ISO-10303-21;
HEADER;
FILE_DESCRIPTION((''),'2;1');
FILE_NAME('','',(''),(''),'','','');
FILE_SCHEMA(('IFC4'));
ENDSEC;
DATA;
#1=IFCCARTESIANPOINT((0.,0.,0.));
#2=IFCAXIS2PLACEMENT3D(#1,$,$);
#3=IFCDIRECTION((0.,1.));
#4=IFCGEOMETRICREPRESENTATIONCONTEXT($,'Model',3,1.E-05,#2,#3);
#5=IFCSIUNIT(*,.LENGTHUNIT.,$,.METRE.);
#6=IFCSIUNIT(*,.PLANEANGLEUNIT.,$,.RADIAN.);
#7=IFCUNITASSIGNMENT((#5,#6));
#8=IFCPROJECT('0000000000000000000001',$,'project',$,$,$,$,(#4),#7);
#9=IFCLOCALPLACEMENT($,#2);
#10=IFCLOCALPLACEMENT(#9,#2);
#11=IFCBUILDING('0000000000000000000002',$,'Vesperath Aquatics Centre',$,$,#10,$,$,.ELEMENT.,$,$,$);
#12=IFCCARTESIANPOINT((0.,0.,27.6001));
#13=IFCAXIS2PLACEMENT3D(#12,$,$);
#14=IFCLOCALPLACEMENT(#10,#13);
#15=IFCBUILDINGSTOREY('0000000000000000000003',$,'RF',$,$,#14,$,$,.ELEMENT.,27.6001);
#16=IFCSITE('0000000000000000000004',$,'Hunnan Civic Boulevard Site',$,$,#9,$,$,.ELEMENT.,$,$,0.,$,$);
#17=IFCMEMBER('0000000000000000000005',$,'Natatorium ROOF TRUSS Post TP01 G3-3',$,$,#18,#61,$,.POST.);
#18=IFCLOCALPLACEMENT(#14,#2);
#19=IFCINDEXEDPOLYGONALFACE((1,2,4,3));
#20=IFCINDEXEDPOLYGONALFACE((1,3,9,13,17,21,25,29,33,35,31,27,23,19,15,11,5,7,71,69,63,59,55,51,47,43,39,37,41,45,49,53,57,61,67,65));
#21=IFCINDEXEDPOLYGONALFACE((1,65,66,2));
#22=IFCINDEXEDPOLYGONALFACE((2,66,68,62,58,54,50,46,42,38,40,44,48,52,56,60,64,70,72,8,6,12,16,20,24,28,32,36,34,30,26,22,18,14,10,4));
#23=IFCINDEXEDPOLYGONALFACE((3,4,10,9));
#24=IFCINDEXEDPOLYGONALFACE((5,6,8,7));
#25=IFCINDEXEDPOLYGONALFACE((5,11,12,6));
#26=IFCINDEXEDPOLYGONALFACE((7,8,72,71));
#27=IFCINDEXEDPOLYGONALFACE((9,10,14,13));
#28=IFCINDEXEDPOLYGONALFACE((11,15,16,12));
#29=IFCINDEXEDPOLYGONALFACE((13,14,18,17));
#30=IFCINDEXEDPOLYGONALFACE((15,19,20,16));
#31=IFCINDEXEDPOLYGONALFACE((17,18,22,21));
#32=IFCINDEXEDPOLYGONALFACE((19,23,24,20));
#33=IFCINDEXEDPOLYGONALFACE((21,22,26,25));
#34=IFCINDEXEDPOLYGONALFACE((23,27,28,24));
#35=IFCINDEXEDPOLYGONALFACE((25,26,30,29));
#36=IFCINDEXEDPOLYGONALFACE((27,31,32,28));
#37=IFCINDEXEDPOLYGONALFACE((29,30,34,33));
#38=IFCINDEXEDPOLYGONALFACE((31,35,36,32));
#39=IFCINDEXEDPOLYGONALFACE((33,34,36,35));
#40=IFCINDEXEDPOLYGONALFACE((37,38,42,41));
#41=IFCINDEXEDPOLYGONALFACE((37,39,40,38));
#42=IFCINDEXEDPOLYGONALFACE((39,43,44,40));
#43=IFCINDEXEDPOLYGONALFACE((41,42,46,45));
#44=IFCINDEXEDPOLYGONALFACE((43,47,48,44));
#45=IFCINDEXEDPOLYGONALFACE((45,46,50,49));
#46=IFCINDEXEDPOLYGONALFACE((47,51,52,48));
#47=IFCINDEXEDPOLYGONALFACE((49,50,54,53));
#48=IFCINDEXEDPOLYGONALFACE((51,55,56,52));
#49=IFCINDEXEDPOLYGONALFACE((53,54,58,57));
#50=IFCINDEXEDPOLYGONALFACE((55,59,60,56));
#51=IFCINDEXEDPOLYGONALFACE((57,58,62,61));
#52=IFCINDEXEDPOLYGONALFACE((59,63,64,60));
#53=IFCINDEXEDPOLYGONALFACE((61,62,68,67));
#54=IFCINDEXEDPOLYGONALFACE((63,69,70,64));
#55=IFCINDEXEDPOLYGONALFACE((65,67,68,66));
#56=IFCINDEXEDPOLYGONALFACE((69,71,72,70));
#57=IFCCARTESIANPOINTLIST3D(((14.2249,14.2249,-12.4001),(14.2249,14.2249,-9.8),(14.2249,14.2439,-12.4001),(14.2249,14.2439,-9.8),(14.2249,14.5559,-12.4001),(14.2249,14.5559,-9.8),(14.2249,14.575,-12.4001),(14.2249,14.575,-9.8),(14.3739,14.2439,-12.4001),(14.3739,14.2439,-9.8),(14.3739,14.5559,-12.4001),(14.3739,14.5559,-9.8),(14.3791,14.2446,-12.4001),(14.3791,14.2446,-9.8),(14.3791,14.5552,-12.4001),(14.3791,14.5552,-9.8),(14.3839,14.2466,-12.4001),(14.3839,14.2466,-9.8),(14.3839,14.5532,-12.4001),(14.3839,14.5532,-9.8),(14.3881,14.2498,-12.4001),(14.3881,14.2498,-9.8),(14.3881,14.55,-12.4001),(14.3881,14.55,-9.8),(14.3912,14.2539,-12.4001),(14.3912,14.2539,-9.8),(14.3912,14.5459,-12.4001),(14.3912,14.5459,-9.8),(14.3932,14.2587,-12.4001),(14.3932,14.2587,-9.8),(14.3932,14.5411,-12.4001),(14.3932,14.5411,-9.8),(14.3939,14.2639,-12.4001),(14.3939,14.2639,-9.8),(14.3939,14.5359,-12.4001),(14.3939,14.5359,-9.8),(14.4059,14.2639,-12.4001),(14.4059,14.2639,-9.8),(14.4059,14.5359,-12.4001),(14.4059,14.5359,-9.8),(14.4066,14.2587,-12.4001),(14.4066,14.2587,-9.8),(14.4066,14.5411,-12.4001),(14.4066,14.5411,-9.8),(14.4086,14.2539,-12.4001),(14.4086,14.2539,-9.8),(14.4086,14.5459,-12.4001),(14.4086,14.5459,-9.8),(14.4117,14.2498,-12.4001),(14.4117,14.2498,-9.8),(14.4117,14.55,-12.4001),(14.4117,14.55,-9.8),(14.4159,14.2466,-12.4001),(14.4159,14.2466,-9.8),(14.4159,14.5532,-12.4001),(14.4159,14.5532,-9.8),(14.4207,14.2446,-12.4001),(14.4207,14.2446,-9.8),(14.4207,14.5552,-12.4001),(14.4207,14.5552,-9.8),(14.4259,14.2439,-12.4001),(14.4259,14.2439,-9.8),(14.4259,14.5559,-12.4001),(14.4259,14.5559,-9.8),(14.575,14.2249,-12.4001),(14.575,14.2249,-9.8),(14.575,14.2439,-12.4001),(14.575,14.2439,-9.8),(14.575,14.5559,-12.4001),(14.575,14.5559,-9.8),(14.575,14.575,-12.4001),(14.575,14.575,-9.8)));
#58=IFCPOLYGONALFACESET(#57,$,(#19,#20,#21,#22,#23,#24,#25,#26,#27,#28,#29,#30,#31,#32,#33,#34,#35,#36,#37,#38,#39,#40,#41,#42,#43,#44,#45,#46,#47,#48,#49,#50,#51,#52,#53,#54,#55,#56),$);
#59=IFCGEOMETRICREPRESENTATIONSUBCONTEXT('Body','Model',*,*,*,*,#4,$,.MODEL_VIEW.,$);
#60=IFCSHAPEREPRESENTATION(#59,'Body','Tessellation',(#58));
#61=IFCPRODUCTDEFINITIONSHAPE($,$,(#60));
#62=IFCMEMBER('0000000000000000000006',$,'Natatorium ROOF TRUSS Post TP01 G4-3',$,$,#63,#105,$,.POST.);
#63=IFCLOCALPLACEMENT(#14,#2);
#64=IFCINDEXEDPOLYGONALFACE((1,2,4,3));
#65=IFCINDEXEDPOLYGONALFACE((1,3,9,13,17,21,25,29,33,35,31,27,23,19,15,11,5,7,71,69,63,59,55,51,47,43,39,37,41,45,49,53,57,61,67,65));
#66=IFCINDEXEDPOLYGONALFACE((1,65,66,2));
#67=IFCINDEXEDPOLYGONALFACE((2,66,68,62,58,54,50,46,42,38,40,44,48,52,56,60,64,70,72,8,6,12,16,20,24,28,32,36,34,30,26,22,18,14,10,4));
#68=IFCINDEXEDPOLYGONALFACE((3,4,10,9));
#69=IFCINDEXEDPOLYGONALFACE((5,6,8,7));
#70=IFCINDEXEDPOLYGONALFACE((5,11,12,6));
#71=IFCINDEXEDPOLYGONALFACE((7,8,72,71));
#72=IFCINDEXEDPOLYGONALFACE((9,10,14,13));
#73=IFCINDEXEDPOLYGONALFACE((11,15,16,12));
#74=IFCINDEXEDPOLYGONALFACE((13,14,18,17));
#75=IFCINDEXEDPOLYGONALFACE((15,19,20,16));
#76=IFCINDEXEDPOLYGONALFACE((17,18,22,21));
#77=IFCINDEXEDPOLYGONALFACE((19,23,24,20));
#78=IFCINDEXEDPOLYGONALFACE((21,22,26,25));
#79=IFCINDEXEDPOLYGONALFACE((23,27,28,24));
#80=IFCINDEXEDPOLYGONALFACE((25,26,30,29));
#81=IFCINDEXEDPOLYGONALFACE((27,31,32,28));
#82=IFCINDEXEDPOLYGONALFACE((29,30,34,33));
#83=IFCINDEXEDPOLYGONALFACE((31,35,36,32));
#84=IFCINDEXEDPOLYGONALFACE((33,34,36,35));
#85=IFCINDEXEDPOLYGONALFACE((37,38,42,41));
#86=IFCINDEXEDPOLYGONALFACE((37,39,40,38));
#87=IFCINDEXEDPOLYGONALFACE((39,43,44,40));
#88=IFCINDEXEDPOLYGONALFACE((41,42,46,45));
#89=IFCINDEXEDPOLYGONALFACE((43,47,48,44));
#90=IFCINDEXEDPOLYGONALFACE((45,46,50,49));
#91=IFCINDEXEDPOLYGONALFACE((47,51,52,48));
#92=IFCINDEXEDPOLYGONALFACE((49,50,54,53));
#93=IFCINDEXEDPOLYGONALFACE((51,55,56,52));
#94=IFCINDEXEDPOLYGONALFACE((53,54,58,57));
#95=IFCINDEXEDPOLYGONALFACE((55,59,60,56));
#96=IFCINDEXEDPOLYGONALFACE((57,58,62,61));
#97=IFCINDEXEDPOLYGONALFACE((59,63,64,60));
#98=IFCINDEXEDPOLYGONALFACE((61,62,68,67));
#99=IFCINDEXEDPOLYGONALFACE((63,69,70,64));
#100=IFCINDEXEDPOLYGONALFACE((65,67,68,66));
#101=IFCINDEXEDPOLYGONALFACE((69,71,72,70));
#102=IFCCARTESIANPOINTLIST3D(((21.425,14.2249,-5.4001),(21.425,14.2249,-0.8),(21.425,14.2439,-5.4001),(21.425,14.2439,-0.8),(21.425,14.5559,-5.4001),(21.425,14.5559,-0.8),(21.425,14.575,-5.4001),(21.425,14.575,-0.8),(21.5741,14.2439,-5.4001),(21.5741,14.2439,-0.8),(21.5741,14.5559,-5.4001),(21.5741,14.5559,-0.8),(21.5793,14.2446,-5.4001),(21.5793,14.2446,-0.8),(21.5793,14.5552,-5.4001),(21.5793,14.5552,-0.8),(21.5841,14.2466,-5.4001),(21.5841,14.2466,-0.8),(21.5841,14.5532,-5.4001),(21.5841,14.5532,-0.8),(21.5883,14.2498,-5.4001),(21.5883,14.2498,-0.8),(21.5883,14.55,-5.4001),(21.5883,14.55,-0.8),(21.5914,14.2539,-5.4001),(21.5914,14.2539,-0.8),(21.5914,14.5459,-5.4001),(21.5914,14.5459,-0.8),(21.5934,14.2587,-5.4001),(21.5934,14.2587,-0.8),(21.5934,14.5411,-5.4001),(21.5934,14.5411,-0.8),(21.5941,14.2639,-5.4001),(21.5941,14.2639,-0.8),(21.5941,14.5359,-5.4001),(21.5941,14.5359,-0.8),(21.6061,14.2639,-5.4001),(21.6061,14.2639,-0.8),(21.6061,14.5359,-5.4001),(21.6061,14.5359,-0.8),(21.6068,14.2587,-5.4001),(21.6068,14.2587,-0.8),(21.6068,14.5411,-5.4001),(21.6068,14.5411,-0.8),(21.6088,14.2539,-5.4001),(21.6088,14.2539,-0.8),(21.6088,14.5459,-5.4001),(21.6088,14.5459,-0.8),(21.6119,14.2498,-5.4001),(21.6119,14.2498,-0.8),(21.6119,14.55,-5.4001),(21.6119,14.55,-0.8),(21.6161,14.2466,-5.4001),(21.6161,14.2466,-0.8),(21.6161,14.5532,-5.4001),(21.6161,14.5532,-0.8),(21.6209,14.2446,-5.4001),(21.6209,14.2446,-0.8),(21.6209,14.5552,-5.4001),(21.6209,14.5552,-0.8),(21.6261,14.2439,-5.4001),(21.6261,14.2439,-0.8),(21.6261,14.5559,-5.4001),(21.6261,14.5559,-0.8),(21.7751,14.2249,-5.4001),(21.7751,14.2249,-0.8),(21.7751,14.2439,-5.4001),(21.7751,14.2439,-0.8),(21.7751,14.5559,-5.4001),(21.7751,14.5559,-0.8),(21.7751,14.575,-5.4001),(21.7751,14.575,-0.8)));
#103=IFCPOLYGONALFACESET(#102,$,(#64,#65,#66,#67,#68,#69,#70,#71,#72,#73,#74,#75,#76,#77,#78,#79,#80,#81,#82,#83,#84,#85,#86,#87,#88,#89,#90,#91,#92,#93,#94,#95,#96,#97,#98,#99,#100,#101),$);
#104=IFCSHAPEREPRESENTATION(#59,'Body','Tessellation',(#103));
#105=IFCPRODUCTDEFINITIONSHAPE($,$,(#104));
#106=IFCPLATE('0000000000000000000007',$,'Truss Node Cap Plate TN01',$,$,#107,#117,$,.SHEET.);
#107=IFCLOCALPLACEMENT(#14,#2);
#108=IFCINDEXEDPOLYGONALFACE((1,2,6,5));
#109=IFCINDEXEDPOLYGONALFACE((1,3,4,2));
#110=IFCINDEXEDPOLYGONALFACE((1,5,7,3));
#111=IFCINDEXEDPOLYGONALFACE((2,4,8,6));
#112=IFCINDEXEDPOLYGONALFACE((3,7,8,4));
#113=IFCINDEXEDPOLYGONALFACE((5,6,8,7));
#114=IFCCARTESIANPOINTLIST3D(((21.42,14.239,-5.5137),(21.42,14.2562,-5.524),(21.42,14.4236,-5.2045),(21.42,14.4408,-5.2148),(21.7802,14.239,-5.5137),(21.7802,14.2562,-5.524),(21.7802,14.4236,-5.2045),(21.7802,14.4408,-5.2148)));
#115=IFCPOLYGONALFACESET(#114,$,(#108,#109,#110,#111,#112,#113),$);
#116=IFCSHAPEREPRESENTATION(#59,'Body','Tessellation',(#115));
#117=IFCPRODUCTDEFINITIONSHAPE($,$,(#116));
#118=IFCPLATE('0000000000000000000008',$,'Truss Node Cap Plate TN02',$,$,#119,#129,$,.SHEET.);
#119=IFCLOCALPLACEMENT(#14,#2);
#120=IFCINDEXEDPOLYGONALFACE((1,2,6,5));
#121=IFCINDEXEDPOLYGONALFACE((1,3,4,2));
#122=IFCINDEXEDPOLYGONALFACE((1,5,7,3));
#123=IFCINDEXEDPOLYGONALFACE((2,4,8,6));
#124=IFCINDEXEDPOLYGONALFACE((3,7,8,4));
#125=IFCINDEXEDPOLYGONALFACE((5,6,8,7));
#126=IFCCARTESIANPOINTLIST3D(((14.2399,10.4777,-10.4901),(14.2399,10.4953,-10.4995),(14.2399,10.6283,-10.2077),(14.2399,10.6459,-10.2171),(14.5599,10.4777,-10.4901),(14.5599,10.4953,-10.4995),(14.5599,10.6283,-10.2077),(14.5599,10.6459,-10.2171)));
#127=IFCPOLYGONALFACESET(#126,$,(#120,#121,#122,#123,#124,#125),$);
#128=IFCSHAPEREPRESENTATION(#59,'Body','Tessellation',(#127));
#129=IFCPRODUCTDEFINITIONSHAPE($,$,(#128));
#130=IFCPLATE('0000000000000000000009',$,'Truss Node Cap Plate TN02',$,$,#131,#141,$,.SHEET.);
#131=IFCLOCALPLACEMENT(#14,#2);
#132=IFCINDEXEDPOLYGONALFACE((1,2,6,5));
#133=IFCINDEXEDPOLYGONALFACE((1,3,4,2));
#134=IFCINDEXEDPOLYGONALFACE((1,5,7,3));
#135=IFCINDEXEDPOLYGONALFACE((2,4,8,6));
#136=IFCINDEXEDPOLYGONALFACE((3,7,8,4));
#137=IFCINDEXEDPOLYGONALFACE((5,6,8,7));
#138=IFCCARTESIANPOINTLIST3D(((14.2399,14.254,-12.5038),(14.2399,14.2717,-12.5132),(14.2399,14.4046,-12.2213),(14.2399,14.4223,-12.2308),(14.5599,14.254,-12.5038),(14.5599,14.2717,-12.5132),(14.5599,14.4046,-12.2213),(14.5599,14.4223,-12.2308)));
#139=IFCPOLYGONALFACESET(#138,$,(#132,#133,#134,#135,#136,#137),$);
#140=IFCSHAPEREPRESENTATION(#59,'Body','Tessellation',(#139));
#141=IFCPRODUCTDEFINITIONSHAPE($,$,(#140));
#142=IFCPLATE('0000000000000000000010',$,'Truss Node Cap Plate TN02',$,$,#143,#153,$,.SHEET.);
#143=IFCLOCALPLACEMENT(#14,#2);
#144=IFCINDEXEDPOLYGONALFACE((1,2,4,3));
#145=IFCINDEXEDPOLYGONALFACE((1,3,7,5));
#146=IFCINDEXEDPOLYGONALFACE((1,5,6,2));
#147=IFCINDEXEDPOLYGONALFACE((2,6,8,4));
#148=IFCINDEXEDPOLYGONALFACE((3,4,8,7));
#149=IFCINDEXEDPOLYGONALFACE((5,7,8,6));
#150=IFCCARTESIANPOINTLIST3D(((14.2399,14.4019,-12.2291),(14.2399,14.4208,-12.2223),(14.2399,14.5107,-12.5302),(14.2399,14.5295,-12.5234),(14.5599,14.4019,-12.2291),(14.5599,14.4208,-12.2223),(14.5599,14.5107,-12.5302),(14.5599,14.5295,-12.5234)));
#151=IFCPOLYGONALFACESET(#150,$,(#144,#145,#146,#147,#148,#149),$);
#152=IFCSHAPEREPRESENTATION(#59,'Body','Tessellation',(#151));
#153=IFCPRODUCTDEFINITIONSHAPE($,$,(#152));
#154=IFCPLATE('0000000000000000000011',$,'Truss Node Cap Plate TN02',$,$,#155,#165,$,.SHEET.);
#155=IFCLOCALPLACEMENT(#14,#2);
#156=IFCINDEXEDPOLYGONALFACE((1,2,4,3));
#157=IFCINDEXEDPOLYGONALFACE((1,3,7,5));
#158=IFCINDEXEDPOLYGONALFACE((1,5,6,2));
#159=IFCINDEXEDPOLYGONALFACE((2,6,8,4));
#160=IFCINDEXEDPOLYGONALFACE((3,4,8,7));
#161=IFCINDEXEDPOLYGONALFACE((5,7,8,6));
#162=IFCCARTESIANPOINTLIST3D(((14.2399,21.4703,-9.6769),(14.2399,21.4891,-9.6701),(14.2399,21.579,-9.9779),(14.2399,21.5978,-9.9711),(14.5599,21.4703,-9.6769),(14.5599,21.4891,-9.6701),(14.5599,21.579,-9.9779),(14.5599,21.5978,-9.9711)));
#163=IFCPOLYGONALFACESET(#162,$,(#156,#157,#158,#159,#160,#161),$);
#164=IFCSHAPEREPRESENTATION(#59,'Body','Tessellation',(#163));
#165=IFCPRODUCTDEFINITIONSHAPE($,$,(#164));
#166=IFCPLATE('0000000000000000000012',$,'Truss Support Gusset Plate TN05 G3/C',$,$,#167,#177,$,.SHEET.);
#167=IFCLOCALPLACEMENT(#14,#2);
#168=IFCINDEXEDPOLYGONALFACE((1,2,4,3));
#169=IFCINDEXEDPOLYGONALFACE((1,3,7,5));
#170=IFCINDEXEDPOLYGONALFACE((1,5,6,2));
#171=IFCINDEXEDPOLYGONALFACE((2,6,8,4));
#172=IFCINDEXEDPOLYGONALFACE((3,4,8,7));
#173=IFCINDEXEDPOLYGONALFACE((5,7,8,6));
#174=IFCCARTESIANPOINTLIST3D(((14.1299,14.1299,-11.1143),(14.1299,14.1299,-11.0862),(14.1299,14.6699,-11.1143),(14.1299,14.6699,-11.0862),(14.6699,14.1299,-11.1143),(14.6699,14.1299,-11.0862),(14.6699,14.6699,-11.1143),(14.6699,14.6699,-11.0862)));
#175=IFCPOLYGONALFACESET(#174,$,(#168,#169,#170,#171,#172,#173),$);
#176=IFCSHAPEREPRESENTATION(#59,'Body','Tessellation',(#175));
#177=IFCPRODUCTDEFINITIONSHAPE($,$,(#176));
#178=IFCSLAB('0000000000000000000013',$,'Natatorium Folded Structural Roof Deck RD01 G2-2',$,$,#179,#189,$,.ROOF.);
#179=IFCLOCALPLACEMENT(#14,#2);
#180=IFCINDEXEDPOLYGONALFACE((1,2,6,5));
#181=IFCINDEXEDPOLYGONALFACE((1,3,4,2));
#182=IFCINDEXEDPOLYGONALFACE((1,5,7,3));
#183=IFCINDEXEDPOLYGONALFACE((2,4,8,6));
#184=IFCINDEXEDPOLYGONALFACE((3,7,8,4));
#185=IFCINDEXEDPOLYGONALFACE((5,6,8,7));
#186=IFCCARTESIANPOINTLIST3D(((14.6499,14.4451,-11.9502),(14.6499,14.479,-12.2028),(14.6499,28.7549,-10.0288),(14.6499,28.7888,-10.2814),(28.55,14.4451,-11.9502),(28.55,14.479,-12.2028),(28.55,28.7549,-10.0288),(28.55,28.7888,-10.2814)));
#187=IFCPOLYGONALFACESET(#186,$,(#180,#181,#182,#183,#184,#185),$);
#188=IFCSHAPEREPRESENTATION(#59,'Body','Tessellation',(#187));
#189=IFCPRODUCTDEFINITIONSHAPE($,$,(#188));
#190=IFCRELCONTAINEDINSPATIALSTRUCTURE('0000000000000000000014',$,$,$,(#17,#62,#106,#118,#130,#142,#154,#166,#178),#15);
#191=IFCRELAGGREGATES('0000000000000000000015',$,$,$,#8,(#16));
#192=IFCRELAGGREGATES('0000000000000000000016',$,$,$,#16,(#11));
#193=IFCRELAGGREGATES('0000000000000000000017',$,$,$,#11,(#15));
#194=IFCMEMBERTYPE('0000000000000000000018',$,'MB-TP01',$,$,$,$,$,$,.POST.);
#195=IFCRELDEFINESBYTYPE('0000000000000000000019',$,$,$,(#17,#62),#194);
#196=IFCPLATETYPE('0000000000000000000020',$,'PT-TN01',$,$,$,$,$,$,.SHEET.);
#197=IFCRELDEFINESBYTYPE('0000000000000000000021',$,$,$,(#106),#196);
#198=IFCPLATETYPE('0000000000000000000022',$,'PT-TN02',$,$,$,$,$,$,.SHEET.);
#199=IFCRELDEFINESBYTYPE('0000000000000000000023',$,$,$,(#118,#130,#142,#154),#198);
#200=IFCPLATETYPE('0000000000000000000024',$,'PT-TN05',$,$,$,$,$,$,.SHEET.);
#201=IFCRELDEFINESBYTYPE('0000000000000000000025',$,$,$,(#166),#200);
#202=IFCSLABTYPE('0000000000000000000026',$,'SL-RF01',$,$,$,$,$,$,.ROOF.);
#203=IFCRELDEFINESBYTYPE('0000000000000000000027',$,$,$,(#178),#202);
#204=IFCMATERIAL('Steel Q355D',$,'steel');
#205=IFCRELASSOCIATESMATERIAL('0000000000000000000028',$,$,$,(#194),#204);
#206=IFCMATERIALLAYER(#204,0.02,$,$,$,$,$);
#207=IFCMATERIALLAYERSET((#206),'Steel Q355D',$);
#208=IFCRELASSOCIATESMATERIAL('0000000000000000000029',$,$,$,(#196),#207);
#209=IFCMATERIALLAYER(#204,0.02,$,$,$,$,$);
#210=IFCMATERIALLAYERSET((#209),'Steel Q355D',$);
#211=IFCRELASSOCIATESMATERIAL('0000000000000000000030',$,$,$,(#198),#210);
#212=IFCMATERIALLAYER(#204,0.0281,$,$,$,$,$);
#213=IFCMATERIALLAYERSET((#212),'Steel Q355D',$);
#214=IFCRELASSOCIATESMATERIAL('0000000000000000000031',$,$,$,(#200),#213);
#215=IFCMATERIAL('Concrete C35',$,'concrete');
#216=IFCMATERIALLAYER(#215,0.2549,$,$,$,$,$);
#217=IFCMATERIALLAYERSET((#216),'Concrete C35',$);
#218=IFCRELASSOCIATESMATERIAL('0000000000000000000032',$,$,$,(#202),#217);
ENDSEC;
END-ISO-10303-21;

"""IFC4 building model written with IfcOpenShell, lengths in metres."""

from ifc_helpers import new_model, si_unit, direction, frame, origin, origin_2d, place, context, subcontext, project, spatial, polyline, rectangle, i_section, outline, extrude, material, layer, layer_set, material_profile, profile_set, type_object, element, save


model = new_model("IFC4")

# Units and contexts
model_context = context("Model", 3, precision=1e-05, world=origin(), true_north=direction((0.0, 1.0)))
body_context = subcontext(model_context, "Body", "Model", "MODEL_VIEW")
ifc_project = project(units=[si_unit("LENGTHUNIT", "METRE"), si_unit("PLANEANGLEUNIT", "RADIAN")], contexts=[model_context])

# Site, building, storey
site_placement = place(None, origin())
site = spatial("IfcSite", under=ifc_project, at=site_placement, Name="Hunnan Civic Boulevard Site", CompositionType="ELEMENT", RefElevation=0.0)
building_placement = place(site_placement, origin())
building = spatial("IfcBuilding", under=site, at=building_placement, Name="Vesperath Aquatics Centre", CompositionType="ELEMENT")
storey_placement = place(building_placement, frame((0.0, 0.0, 27.6001)))
storey = spatial("IfcBuildingStorey", under=building, at=storey_placement, Name="RF", CompositionType="ELEMENT", Elevation=27.6001)

# Members
ifc_material_1 = material(Name="Steel Q355D", Category="steel")
ifc_material_profile_1 = material_profile(ifc_material_1, i_section(OverallWidth=0.3501, OverallDepth=0.3501, WebThickness=0.012, FlangeThickness=0.019, FilletRadius=0.02, at=origin_2d()), Name="HW 350x350x12x19")
ifc_profile_set_1 = profile_set([ifc_material_profile_1], Name="Steel Q355D")
member_type_1 = type_object("IfcMemberType", Name="MB-TP01", PredefinedType="POST", material=ifc_profile_set_1)
member_1_placement = place(storey_placement, frame((14.3999, 14.3999, -12.4001), z_axis=(0.0, 0.0, 1.0), x_axis=(1.0, 0.0, 0.0)))
element("IfcMember", 1, at=member_1_placement, inside=storey, type_object=member_type_1, Name="Natatorium ROOF TRUSS Post TP01 G3-3", PredefinedType="POST", context=body_context, shape_type="SweptSolid", body=[
    extrude(i_section(OverallWidth=0.3501, OverallDepth=0.3501, WebThickness=0.012, FlangeThickness=0.019, FilletRadius=0.02, at=origin_2d()), origin(), (0.0, 0.0, 1.0), 2.6001),
])
member_2_placement = place(storey_placement, frame((21.6001, 14.3999, -5.4001), z_axis=(0.0, 0.0, 1.0), x_axis=(1.0, 0.0, 0.0)))
element("IfcMember", 2, at=member_2_placement, inside=storey, type_object=member_type_1, Name="Natatorium ROOF TRUSS Post TP01 G4-3", PredefinedType="POST", context=body_context, shape_type="SweptSolid", body=[
    extrude(i_section(OverallWidth=0.3501, OverallDepth=0.3501, WebThickness=0.012, FlangeThickness=0.019, FilletRadius=0.02, at=origin_2d()), origin(), (0.0, 0.0, 1.0), 4.6001),
])

# Plates
ifc_layer_1 = layer(ifc_material_1, 0.02)
ifc_layer_set_1 = layer_set([ifc_layer_1], Name="Steel Q355D")
plate_type_1 = type_object("IfcPlateType", Name="PT-TN01", PredefinedType="SHEET", material=ifc_layer_set_1)
plate_1_placement = place(storey_placement, frame((21.6001, 14.3313, -5.3591), z_axis=(0.0, 0.858729, -0.51243), x_axis=(-1.0, 0.0, 0.0)))
element("IfcPlate", 3, at=plate_1_placement, inside=storey, type_object=plate_type_1, Name="Truss Node Cap Plate TN01", PredefinedType="SHEET", context=body_context, shape_type="SweptSolid", body=[
    extrude(rectangle(XDim=0.3601, YDim=0.3601, at=origin_2d()), origin(), (0.0, 0.0, 1.0), 0.02),
])
ifc_layer_2 = layer(ifc_material_1, 0.02)
ifc_layer_set_2 = layer_set([ifc_layer_2], Name="Steel Q355D")
plate_type_2 = type_object("IfcPlateType", Name="PT-TN02", PredefinedType="SHEET", material=ifc_layer_set_2)
for number, where, z_axis, x_axis, name in (
    (4, (14.3999, 10.553, -10.3489), (0.0, 0.882391, -0.470518), (-1.0, 0.0, 0.0), "Truss Node Cap Plate TN02"),
    (5, (14.3999, 14.3293, -12.3625), (0.0, 0.882391, -0.470518), (-1.0, 0.0, 0.0), "Truss Node Cap Plate TN02"),
    (6, (14.3999, 14.4563, -12.3796), (0.0, 0.940554, 0.339644), (-1.0, 0.0, 0.0), "Truss Node Cap Plate TN02"),
    (7, (14.3999, 21.5247, -9.8274), (0.0, 0.940554, 0.339644), (-1.0, 0.0, 0.0), "Truss Node Cap Plate TN02"),
):
    element("IfcPlate", number, at=place(storey_placement, frame(where, z_axis=z_axis, x_axis=x_axis)), inside=storey, type_object=plate_type_2, Name=name, PredefinedType="SHEET", context=body_context, shape_type="SweptSolid", body=[
        extrude(rectangle(XDim=0.3201, YDim=0.3201, at=origin_2d()), origin(), (0.0, 0.0, 1.0), 0.02),
    ])
ifc_layer_3 = layer(ifc_material_1, 0.0281)
ifc_layer_set_3 = layer_set([ifc_layer_3], Name="Steel Q355D")
plate_type_3 = type_object("IfcPlateType", Name="PT-TN05", PredefinedType="SHEET", material=ifc_layer_set_3)
plate_2_placement = place(storey_placement, frame((14.3999, 14.3999, -11.1143), z_axis=(0.0, 0.0, 1.0), x_axis=(0.0, 1.0, 0.0)))
element("IfcPlate", 8, at=plate_2_placement, inside=storey, type_object=plate_type_3, Name="Truss Support Gusset Plate TN05 G3/C", PredefinedType="SHEET", context=body_context, shape_type="SweptSolid", body=[
    extrude(rectangle(XDim=0.54, YDim=0.54, at=origin_2d()), origin(), (0.0, 0.0, 1.0), 0.0281),
])

# Slab
ifc_material_2 = material(Name="Concrete C35", Category="concrete")
ifc_layer_4 = layer(ifc_material_2, 0.2549)
ifc_layer_set_4 = layer_set([ifc_layer_4], Name="Concrete C35")
slab_type = type_object("IfcSlabType", Name="SL-RF01", PredefinedType="ROOF", material=ifc_layer_set_4)
slab_placement = place(storey_placement, frame((14.6499, 14.4451, -11.9502), z_axis=(0.0, -0.133076, 0.991106), x_axis=(1.0, 0.0, 0.0)))
element("IfcSlab", 9, at=slab_placement, inside=storey, type_object=slab_type, Name="Natatorium Folded Structural Roof Deck RD01 G2-2", PredefinedType="ROOF", context=body_context, shape_type="SweptSolid", body=[
    extrude(outline(polyline([(0.0, 0.0), (13.9001, 0.0), (13.9001, 14.4382), (0.0, 14.4382), (0.0, 0.0)])), origin(), (0.0, 0.0, -1.0), 0.2549),
])

save(model, "model.ifc")
